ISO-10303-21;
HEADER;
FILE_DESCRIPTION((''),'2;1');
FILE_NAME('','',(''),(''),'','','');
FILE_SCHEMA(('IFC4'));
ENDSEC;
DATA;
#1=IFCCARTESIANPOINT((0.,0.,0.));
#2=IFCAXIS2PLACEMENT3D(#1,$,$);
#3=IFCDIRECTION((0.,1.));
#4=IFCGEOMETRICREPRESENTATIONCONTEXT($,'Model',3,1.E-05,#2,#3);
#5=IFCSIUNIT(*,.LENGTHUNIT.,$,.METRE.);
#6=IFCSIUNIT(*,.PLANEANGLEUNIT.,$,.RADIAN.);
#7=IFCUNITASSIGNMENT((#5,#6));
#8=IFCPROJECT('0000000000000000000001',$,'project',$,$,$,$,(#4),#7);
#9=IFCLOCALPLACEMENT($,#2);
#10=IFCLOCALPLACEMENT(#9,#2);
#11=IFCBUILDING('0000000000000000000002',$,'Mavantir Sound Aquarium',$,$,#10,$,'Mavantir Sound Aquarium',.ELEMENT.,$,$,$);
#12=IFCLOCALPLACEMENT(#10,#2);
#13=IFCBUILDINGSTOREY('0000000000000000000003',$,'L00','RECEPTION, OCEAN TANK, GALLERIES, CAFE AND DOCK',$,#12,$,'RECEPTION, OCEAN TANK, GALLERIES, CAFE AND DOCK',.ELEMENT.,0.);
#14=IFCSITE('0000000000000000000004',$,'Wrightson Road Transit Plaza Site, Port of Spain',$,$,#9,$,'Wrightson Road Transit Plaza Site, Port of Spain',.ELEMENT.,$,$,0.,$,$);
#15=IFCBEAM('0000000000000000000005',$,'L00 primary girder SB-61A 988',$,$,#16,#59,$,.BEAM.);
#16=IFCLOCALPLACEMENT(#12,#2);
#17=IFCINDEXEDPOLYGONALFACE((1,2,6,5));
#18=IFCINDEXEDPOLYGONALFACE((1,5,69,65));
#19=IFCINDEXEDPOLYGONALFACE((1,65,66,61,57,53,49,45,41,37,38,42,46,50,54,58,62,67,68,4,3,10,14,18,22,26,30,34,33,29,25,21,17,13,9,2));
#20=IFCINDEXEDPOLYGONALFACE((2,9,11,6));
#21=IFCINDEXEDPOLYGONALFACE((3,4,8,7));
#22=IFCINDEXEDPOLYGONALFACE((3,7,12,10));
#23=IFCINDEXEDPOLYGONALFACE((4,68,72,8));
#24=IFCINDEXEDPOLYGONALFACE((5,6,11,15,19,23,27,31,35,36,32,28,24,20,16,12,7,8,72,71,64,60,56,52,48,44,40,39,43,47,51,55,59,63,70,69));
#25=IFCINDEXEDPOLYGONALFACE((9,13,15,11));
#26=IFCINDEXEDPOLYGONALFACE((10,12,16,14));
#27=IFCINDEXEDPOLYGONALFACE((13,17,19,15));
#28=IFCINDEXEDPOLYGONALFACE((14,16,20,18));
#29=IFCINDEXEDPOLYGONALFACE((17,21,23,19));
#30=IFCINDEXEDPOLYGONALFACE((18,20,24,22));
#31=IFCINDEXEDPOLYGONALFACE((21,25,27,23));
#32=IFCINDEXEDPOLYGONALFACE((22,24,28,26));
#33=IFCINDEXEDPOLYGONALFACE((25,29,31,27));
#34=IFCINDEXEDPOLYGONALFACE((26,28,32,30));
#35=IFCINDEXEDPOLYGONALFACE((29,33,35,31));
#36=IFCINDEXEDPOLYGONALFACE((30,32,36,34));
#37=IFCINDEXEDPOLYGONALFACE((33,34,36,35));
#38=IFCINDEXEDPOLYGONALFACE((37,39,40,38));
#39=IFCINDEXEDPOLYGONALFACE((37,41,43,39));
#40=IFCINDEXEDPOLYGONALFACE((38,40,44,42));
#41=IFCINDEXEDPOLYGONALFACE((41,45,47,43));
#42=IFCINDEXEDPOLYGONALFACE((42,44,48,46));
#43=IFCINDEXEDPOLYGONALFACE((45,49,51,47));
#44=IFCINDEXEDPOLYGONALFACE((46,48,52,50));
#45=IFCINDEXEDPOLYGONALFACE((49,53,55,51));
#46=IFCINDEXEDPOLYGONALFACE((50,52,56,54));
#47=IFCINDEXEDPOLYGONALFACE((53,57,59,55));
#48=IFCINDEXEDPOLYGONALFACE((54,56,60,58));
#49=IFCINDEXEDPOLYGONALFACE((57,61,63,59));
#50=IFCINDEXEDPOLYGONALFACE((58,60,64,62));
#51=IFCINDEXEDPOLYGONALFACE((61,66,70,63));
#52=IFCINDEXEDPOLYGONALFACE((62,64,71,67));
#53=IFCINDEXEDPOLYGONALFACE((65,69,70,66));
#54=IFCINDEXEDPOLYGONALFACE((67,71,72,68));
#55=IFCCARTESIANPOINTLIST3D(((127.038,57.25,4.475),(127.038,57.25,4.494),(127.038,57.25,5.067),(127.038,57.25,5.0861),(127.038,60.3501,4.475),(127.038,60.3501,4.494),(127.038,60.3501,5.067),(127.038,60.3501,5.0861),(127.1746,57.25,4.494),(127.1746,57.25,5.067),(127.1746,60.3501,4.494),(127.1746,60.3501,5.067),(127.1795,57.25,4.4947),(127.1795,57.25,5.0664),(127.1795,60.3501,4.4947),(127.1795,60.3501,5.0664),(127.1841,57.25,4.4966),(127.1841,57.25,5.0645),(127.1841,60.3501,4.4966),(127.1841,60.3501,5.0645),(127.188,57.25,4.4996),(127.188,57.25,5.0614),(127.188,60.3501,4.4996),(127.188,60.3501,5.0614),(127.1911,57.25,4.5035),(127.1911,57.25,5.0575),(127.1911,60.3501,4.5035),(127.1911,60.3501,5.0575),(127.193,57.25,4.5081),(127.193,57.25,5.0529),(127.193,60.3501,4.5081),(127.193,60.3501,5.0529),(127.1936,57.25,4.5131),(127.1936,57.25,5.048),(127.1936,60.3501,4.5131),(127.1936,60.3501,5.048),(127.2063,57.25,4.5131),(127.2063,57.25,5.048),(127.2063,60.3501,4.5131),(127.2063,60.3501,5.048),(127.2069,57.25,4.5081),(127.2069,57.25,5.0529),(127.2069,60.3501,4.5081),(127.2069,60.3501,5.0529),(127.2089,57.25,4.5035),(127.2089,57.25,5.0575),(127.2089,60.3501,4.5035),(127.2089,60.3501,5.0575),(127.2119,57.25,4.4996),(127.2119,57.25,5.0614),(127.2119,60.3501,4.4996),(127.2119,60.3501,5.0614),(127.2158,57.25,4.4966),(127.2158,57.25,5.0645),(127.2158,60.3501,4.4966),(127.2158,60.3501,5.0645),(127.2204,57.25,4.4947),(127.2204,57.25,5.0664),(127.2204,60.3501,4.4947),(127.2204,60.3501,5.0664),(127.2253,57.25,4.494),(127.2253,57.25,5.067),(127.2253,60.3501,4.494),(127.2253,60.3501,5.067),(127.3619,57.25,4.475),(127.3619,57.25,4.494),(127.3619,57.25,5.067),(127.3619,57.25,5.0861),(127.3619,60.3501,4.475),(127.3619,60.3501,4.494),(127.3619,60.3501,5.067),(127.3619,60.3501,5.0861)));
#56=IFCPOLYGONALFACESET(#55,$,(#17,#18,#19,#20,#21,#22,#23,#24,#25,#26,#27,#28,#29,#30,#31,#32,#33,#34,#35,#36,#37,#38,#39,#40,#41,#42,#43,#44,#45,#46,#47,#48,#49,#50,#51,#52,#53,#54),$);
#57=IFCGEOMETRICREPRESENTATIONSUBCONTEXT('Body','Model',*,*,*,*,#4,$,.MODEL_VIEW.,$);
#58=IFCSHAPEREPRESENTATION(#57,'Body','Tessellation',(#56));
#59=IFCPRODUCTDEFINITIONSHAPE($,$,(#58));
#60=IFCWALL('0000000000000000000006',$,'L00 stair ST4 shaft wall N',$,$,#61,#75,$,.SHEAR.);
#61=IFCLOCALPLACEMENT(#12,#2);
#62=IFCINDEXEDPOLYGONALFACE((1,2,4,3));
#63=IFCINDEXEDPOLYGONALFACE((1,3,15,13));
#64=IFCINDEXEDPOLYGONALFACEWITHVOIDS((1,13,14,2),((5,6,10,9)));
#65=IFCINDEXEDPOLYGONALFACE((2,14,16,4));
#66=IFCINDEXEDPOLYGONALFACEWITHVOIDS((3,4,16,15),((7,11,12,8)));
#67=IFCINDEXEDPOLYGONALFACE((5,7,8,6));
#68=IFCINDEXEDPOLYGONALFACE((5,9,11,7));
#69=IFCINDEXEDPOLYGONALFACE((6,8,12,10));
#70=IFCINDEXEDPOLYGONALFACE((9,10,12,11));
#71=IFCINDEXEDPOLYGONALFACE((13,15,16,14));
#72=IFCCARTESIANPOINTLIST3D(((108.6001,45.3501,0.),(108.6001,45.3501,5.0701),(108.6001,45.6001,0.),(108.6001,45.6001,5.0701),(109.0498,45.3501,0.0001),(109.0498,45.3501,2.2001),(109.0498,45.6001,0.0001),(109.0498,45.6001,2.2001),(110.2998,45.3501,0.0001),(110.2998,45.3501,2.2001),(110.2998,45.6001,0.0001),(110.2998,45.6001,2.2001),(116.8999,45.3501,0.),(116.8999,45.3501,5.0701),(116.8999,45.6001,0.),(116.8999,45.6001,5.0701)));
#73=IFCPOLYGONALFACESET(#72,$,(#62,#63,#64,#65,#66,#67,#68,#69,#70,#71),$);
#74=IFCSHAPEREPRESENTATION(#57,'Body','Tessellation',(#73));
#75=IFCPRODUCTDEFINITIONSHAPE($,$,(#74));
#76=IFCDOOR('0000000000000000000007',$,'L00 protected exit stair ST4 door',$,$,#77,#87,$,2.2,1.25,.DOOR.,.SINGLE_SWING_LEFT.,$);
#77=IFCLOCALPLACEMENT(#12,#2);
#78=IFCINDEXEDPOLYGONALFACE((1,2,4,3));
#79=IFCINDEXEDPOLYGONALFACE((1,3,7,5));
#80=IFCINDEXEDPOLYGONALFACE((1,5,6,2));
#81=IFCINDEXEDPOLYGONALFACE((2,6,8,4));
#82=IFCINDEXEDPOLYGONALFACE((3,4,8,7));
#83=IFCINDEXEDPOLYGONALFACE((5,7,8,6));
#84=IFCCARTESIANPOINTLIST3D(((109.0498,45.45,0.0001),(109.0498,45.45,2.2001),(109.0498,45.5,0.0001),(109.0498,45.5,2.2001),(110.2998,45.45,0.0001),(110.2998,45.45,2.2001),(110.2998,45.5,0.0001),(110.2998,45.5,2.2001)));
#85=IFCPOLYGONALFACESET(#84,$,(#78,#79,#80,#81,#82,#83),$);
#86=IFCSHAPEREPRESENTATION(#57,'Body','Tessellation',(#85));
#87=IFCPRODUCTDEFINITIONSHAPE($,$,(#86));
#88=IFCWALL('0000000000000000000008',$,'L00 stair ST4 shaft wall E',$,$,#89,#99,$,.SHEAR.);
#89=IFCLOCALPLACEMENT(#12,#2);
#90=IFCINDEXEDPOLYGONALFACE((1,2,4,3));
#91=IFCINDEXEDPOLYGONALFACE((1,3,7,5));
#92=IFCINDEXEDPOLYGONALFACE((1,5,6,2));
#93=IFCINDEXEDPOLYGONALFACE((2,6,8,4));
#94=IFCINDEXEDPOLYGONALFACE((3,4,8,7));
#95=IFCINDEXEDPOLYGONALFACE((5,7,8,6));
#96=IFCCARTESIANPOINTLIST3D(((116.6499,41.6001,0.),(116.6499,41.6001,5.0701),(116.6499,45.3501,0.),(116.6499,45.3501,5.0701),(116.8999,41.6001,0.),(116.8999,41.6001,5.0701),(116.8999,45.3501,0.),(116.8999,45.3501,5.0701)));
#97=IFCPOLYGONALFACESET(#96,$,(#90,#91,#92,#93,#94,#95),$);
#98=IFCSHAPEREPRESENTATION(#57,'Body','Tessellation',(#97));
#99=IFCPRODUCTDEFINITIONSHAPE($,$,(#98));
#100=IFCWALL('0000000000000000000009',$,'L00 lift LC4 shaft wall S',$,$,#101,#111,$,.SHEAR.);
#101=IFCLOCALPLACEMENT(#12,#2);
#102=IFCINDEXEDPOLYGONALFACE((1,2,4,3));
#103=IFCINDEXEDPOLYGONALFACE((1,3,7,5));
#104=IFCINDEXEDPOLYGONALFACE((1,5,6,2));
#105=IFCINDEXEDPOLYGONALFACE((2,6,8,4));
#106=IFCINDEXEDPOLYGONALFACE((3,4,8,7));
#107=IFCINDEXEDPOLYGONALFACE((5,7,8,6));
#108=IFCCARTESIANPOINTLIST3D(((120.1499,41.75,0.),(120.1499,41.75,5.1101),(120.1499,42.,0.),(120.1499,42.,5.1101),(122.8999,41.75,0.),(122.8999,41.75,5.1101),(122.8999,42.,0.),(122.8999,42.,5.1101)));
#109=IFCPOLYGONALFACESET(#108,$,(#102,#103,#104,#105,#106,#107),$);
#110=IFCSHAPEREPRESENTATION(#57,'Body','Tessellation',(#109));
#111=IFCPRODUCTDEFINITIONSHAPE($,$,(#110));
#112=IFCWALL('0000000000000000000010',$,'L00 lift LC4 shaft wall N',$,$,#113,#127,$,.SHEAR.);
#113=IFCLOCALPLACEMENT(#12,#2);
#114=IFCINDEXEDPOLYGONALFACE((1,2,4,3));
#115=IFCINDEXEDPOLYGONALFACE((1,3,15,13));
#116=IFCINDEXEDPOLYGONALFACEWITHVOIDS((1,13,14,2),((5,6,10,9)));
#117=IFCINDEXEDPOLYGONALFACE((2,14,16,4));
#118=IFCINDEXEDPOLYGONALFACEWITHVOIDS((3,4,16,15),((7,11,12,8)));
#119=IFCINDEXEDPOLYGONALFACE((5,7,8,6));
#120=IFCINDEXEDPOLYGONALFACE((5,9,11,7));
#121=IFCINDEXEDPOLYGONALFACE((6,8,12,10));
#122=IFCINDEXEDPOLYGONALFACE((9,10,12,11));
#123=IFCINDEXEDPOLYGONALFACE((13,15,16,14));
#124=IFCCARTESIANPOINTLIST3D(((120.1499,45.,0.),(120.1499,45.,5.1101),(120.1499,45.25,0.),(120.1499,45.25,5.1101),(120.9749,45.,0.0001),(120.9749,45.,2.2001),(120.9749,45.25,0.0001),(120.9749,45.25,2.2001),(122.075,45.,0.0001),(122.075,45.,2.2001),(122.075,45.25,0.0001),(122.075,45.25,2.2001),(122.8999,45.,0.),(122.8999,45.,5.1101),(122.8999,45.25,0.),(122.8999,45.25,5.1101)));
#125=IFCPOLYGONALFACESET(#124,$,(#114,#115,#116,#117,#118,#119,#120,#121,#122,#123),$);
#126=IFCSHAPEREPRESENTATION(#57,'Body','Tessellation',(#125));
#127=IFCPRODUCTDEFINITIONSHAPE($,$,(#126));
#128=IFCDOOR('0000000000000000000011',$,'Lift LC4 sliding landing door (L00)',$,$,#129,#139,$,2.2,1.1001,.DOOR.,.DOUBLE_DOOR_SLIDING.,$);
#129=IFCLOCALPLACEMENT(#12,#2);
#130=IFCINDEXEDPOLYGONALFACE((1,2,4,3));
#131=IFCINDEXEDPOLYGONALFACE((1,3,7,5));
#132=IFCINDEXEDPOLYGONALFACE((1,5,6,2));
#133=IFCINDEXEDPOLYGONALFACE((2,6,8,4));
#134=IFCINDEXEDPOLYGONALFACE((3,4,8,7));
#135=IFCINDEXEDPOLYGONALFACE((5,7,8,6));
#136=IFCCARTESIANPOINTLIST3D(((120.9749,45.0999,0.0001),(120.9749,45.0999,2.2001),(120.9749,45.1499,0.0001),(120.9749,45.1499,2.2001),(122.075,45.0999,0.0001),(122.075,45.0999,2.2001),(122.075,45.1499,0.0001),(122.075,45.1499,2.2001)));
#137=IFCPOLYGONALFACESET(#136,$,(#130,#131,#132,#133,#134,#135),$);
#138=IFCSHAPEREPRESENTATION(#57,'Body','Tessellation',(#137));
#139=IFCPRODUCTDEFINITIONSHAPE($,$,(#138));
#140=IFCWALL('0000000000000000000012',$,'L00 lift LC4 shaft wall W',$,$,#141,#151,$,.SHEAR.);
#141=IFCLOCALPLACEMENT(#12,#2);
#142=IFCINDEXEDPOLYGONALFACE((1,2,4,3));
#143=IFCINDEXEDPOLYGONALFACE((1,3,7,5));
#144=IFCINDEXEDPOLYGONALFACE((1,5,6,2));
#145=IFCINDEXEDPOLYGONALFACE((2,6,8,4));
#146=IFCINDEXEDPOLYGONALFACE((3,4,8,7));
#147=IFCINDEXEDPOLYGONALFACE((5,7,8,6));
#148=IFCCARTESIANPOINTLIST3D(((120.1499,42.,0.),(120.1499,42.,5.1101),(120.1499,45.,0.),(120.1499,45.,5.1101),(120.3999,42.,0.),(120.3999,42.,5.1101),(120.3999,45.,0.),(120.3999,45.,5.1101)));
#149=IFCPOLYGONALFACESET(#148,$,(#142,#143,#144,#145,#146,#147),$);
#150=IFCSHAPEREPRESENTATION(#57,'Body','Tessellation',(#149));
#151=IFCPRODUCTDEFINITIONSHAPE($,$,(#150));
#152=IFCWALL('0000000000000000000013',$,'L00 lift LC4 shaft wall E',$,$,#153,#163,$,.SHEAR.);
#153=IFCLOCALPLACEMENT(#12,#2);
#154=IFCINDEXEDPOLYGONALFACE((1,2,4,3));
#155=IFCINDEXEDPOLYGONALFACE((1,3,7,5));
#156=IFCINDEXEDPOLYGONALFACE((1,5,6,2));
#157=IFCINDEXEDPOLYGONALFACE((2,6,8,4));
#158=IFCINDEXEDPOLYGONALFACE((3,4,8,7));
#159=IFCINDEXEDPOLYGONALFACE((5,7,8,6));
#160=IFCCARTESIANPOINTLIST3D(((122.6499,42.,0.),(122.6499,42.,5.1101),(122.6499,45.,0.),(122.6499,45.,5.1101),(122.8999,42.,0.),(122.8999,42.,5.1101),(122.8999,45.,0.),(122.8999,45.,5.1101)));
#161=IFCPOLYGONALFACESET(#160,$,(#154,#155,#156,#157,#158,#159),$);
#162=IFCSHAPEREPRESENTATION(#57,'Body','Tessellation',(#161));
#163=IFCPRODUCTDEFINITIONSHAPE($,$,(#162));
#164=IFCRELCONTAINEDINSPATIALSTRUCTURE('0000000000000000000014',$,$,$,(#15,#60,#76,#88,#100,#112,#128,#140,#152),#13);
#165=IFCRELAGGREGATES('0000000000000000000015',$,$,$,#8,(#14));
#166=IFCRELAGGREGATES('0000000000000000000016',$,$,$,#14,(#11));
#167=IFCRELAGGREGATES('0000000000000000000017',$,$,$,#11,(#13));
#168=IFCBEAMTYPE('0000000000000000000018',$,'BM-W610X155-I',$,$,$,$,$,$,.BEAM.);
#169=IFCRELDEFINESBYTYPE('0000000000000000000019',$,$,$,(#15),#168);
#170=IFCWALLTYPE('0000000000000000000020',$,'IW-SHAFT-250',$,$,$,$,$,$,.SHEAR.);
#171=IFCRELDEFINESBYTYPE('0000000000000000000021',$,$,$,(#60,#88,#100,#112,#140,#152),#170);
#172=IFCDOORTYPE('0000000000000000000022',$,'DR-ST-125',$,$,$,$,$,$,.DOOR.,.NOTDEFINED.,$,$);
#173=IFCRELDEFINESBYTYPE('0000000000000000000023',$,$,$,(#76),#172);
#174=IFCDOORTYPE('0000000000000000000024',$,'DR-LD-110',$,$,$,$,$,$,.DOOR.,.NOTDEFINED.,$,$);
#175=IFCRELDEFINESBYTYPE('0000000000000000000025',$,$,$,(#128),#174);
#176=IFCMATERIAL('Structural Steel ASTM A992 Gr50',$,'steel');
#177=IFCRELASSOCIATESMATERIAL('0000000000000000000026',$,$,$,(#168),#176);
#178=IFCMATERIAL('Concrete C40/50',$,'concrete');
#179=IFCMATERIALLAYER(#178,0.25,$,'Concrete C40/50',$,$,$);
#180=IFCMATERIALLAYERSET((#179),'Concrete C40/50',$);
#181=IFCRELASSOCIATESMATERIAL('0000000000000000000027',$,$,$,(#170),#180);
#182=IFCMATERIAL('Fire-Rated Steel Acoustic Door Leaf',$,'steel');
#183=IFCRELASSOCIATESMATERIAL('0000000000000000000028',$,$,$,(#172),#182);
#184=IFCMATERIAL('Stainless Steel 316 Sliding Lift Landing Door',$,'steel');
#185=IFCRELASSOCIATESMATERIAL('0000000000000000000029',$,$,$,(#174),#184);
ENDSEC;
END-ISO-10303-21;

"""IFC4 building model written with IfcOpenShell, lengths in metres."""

from ifc_helpers import new_model, si_unit, direction, frame, frame_2d, origin, origin_2d, place, context, subcontext, project, spatial, rectangle, i_section, extrude, material, layer, layer_set, material_profile, profile_set, type_object, element, fill, save


model = new_model("IFC4")

# Units and contexts
model_context = context("Model", 3, precision=1e-05, world=origin(), true_north=direction((0.0, 1.0)))
body_context = subcontext(model_context, "Body", "Model", "MODEL_VIEW")
ifc_project = project(units=[si_unit("LENGTHUNIT", "METRE"), si_unit("PLANEANGLEUNIT", "RADIAN")], contexts=[model_context])

# Site, building, storey
site_placement = place(None, origin())
site = spatial("IfcSite", under=ifc_project, at=site_placement, Name="Wrightson Road Transit Plaza Site, Port of Spain", LongName="Wrightson Road Transit Plaza Site, Port of Spain", CompositionType="ELEMENT", RefElevation=0.0)
building_placement = place(site_placement, origin())
building = spatial("IfcBuilding", under=site, at=building_placement, Name="Mavantir Sound Aquarium", LongName="Mavantir Sound Aquarium", CompositionType="ELEMENT")
storey_placement = place(building_placement, origin())
storey = spatial("IfcBuildingStorey", under=building, at=storey_placement, Name="L00", Description="RECEPTION, OCEAN TANK, GALLERIES, CAFE AND DOCK", LongName="RECEPTION, OCEAN TANK, GALLERIES, CAFE AND DOCK", CompositionType="ELEMENT", Elevation=0.0)

# Shared definitions
ifc_material_1 = material(Name="Concrete C40/50", Category="concrete")

# Beam
ifc_material_2 = material(Name="Structural Steel ASTM A992 Gr50", Category="steel")
ifc_material_profile_1 = material_profile(ifc_material_2, i_section(OverallWidth=0.324, OverallDepth=0.6111, WebThickness=0.0127, FlangeThickness=0.019, FilletRadius=0.019, at=origin_2d()), Name="W610X155")
ifc_profile_set_1 = profile_set([ifc_material_profile_1], Name="Structural Steel ASTM A992 Gr50")
beam_type_1 = type_object("IfcBeamType", Name="BM-W610X155-I", PredefinedType="BEAM", material=ifc_profile_set_1)
beam_1_placement = place(storey_placement, frame((127.2, 57.25, 4.7805), z_axis=(0.0, 1.0, 0.0), x_axis=(-1.0, 0.0, 0.0)))
element("IfcBeam", 1, at=beam_1_placement, inside=storey, type_object=beam_type_1, Name="L00 primary girder SB-61A 988", PredefinedType="BEAM", context=body_context, shape_type="SweptSolid", body=[
    extrude(i_section(OverallWidth=0.324, OverallDepth=0.6111, WebThickness=0.0127, FlangeThickness=0.019, FilletRadius=0.019, at=origin_2d()), origin(), (0.0, 0.0, 1.0), 3.1001),
])

# Wall, opening, door
ifc_layer = layer(ifc_material_1, 0.25, Name="Concrete C40/50")
ifc_layer_set = layer_set([ifc_layer], Name="Concrete C40/50")
wall_type = type_object("IfcWallType", Name="IW-SHAFT-250", PredefinedType="SHEAR", material=ifc_layer_set)
wall_1_placement = place(storey_placement, frame((116.8999, 45.4751, 0.0), z_axis=(0.0, 0.0, 1.0), x_axis=(-1.0, 0.0, 0.0)))
wall_1 = element("IfcWall", 2, at=wall_1_placement, inside=storey, type_object=wall_type, Name="L00 stair ST4 shaft wall N", PredefinedType="SHEAR", context=body_context, shape_type="SweptSolid", body=[
    extrude(rectangle(XDim=8.2998, YDim=0.25, at=frame_2d((4.1499, 0.0))), origin(), (0.0, 0.0, 1.0), 5.0701),
])
opening_1_placement = place(wall_1_placement, frame((7.8501, 0.0, 0.0), z_axis=(0.0, 0.0, 1.0), x_axis=(-1.0, 0.0, 0.0)))
opening_1 = element("IfcOpeningElement", 3, at=opening_1_placement, cuts=wall_1, PredefinedType="OPENING", context=body_context, shape_type="SweptSolid", body=[
    extrude(rectangle(XDim=1.25, YDim=2.2, at=frame_2d((0.625, 1.1001))), frame((0.0, 0.135, 0.0), z_axis=(0.0, -1.0, 0.0), x_axis=(1.0, 0.0, 0.0)), (0.0, 0.0, 1.0), 0.27),
])
ifc_material_3 = material(Name="Fire-Rated Steel Acoustic Door Leaf", Category="steel")
door_type_1 = type_object("IfcDoorType", Name="DR-ST-125", OperationType="NOTDEFINED", PredefinedType="DOOR", material=ifc_material_3)
door_1_placement = place(opening_1_placement, origin())
door_1 = element("IfcDoor", 4, at=door_1_placement, inside=storey, type_object=door_type_1, Name="L00 protected exit stair ST4 door", OperationType="SINGLE_SWING_LEFT", OverallHeight=2.2, OverallWidth=1.25, PredefinedType="DOOR", context=body_context, shape_type="SweptSolid", body=[
    extrude(rectangle(XDim=1.25, YDim=2.2, at=frame_2d((0.625, 1.1001))), frame((0.0, 0.0249, 0.0), z_axis=(0.0, -1.0, 0.0), x_axis=(1.0, 0.0, 0.0)), (0.0, 0.0, 1.0), 0.05),
])
fill(opening_1, door_1)

# Walls
wall_2_placement = place(storey_placement, frame((116.7749, 41.6001, 0.0), z_axis=(0.0, 0.0, 1.0), x_axis=(0.0, 1.0, 0.0)))
element("IfcWall", 5, at=wall_2_placement, inside=storey, type_object=wall_type, Name="L00 stair ST4 shaft wall E", PredefinedType="SHEAR", context=body_context, shape_type="SweptSolid", body=[
    extrude(rectangle(XDim=3.75, YDim=0.25, at=frame_2d((1.875, 0.0))), origin(), (0.0, 0.0, 1.0), 5.0701),
])
wall_3_placement = place(storey_placement, frame((120.1499, 41.875, 0.0), z_axis=(0.0, 0.0, 1.0), x_axis=(1.0, 0.0, 0.0)))
element("IfcWall", 6, at=wall_3_placement, inside=storey, type_object=wall_type, Name="L00 lift LC4 shaft wall S", PredefinedType="SHEAR", context=body_context, shape_type="SweptSolid", body=[
    extrude(rectangle(XDim=2.75, YDim=0.25, at=frame_2d((1.375, 0.0))), origin(), (0.0, 0.0, 1.0), 5.1101),
])

# Wall, opening, door
wall_4_placement = place(storey_placement, frame((120.1499, 45.125, 0.0), z_axis=(0.0, 0.0, 1.0), x_axis=(1.0, 0.0, 0.0)))
wall_4 = element("IfcWall", 7, at=wall_4_placement, inside=storey, type_object=wall_type, Name="L00 lift LC4 shaft wall N", PredefinedType="SHEAR", context=body_context, shape_type="SweptSolid", body=[
    extrude(rectangle(XDim=2.75, YDim=0.25, at=frame_2d((1.375, 0.0))), origin(), (0.0, 0.0, 1.0), 5.1101),
])
opening_2_placement = place(wall_4_placement, frame((0.825, 0.0, 0.0)))
opening_2 = element("IfcOpeningElement", 8, at=opening_2_placement, cuts=wall_4, PredefinedType="OPENING", context=body_context, shape_type="SweptSolid", body=[
    extrude(rectangle(XDim=1.1001, YDim=2.2, at=frame_2d((0.55, 1.1001))), frame((0.0, 0.135, 0.0), z_axis=(0.0, -1.0, 0.0), x_axis=(1.0, 0.0, 0.0)), (0.0, 0.0, 1.0), 0.27),
])
ifc_material_4 = material(Name="Stainless Steel 316 Sliding Lift Landing Door", Category="steel")
door_type_2 = type_object("IfcDoorType", Name="DR-LD-110", OperationType="NOTDEFINED", PredefinedType="DOOR", material=ifc_material_4)
door_2_placement = place(opening_2_placement, origin())
door_2 = element("IfcDoor", 9, at=door_2_placement, inside=storey, type_object=door_type_2, Name="Lift LC4 sliding landing door (L00)", OperationType="DOUBLE_DOOR_SLIDING", OverallHeight=2.2, OverallWidth=1.1001, PredefinedType="DOOR", context=body_context, shape_type="SweptSolid", body=[
    extrude(rectangle(XDim=1.1001, YDim=2.2, at=frame_2d((0.55, 1.1001))), frame((0.0, 0.0249, 0.0), z_axis=(0.0, -1.0, 0.0), x_axis=(1.0, 0.0, 0.0)), (0.0, 0.0, 1.0), 0.05),
])
fill(opening_2, door_2)

# Walls
for number, where, z_axis, x_axis, name in (
    (10, (120.2749, 42.0, 0.0), (0.0, 0.0, 1.0), (0.0, 1.0, 0.0), "L00 lift LC4 shaft wall W"),
    (11, (122.7749, 42.0, 0.0), (0.0, 0.0, 1.0), (0.0, 1.0, 0.0), "L00 lift LC4 shaft wall E"),
):
    element("IfcWall", number, at=place(storey_placement, frame(where, z_axis=z_axis, x_axis=x_axis)), inside=storey, type_object=wall_type, Name=name, PredefinedType="SHEAR", context=body_context, shape_type="SweptSolid", body=[
        extrude(rectangle(XDim=3.0, YDim=0.25, at=frame_2d((1.5, 0.0))), origin(), (0.0, 0.0, 1.0), 5.1101),
    ])

save(model, "model.ifc")
